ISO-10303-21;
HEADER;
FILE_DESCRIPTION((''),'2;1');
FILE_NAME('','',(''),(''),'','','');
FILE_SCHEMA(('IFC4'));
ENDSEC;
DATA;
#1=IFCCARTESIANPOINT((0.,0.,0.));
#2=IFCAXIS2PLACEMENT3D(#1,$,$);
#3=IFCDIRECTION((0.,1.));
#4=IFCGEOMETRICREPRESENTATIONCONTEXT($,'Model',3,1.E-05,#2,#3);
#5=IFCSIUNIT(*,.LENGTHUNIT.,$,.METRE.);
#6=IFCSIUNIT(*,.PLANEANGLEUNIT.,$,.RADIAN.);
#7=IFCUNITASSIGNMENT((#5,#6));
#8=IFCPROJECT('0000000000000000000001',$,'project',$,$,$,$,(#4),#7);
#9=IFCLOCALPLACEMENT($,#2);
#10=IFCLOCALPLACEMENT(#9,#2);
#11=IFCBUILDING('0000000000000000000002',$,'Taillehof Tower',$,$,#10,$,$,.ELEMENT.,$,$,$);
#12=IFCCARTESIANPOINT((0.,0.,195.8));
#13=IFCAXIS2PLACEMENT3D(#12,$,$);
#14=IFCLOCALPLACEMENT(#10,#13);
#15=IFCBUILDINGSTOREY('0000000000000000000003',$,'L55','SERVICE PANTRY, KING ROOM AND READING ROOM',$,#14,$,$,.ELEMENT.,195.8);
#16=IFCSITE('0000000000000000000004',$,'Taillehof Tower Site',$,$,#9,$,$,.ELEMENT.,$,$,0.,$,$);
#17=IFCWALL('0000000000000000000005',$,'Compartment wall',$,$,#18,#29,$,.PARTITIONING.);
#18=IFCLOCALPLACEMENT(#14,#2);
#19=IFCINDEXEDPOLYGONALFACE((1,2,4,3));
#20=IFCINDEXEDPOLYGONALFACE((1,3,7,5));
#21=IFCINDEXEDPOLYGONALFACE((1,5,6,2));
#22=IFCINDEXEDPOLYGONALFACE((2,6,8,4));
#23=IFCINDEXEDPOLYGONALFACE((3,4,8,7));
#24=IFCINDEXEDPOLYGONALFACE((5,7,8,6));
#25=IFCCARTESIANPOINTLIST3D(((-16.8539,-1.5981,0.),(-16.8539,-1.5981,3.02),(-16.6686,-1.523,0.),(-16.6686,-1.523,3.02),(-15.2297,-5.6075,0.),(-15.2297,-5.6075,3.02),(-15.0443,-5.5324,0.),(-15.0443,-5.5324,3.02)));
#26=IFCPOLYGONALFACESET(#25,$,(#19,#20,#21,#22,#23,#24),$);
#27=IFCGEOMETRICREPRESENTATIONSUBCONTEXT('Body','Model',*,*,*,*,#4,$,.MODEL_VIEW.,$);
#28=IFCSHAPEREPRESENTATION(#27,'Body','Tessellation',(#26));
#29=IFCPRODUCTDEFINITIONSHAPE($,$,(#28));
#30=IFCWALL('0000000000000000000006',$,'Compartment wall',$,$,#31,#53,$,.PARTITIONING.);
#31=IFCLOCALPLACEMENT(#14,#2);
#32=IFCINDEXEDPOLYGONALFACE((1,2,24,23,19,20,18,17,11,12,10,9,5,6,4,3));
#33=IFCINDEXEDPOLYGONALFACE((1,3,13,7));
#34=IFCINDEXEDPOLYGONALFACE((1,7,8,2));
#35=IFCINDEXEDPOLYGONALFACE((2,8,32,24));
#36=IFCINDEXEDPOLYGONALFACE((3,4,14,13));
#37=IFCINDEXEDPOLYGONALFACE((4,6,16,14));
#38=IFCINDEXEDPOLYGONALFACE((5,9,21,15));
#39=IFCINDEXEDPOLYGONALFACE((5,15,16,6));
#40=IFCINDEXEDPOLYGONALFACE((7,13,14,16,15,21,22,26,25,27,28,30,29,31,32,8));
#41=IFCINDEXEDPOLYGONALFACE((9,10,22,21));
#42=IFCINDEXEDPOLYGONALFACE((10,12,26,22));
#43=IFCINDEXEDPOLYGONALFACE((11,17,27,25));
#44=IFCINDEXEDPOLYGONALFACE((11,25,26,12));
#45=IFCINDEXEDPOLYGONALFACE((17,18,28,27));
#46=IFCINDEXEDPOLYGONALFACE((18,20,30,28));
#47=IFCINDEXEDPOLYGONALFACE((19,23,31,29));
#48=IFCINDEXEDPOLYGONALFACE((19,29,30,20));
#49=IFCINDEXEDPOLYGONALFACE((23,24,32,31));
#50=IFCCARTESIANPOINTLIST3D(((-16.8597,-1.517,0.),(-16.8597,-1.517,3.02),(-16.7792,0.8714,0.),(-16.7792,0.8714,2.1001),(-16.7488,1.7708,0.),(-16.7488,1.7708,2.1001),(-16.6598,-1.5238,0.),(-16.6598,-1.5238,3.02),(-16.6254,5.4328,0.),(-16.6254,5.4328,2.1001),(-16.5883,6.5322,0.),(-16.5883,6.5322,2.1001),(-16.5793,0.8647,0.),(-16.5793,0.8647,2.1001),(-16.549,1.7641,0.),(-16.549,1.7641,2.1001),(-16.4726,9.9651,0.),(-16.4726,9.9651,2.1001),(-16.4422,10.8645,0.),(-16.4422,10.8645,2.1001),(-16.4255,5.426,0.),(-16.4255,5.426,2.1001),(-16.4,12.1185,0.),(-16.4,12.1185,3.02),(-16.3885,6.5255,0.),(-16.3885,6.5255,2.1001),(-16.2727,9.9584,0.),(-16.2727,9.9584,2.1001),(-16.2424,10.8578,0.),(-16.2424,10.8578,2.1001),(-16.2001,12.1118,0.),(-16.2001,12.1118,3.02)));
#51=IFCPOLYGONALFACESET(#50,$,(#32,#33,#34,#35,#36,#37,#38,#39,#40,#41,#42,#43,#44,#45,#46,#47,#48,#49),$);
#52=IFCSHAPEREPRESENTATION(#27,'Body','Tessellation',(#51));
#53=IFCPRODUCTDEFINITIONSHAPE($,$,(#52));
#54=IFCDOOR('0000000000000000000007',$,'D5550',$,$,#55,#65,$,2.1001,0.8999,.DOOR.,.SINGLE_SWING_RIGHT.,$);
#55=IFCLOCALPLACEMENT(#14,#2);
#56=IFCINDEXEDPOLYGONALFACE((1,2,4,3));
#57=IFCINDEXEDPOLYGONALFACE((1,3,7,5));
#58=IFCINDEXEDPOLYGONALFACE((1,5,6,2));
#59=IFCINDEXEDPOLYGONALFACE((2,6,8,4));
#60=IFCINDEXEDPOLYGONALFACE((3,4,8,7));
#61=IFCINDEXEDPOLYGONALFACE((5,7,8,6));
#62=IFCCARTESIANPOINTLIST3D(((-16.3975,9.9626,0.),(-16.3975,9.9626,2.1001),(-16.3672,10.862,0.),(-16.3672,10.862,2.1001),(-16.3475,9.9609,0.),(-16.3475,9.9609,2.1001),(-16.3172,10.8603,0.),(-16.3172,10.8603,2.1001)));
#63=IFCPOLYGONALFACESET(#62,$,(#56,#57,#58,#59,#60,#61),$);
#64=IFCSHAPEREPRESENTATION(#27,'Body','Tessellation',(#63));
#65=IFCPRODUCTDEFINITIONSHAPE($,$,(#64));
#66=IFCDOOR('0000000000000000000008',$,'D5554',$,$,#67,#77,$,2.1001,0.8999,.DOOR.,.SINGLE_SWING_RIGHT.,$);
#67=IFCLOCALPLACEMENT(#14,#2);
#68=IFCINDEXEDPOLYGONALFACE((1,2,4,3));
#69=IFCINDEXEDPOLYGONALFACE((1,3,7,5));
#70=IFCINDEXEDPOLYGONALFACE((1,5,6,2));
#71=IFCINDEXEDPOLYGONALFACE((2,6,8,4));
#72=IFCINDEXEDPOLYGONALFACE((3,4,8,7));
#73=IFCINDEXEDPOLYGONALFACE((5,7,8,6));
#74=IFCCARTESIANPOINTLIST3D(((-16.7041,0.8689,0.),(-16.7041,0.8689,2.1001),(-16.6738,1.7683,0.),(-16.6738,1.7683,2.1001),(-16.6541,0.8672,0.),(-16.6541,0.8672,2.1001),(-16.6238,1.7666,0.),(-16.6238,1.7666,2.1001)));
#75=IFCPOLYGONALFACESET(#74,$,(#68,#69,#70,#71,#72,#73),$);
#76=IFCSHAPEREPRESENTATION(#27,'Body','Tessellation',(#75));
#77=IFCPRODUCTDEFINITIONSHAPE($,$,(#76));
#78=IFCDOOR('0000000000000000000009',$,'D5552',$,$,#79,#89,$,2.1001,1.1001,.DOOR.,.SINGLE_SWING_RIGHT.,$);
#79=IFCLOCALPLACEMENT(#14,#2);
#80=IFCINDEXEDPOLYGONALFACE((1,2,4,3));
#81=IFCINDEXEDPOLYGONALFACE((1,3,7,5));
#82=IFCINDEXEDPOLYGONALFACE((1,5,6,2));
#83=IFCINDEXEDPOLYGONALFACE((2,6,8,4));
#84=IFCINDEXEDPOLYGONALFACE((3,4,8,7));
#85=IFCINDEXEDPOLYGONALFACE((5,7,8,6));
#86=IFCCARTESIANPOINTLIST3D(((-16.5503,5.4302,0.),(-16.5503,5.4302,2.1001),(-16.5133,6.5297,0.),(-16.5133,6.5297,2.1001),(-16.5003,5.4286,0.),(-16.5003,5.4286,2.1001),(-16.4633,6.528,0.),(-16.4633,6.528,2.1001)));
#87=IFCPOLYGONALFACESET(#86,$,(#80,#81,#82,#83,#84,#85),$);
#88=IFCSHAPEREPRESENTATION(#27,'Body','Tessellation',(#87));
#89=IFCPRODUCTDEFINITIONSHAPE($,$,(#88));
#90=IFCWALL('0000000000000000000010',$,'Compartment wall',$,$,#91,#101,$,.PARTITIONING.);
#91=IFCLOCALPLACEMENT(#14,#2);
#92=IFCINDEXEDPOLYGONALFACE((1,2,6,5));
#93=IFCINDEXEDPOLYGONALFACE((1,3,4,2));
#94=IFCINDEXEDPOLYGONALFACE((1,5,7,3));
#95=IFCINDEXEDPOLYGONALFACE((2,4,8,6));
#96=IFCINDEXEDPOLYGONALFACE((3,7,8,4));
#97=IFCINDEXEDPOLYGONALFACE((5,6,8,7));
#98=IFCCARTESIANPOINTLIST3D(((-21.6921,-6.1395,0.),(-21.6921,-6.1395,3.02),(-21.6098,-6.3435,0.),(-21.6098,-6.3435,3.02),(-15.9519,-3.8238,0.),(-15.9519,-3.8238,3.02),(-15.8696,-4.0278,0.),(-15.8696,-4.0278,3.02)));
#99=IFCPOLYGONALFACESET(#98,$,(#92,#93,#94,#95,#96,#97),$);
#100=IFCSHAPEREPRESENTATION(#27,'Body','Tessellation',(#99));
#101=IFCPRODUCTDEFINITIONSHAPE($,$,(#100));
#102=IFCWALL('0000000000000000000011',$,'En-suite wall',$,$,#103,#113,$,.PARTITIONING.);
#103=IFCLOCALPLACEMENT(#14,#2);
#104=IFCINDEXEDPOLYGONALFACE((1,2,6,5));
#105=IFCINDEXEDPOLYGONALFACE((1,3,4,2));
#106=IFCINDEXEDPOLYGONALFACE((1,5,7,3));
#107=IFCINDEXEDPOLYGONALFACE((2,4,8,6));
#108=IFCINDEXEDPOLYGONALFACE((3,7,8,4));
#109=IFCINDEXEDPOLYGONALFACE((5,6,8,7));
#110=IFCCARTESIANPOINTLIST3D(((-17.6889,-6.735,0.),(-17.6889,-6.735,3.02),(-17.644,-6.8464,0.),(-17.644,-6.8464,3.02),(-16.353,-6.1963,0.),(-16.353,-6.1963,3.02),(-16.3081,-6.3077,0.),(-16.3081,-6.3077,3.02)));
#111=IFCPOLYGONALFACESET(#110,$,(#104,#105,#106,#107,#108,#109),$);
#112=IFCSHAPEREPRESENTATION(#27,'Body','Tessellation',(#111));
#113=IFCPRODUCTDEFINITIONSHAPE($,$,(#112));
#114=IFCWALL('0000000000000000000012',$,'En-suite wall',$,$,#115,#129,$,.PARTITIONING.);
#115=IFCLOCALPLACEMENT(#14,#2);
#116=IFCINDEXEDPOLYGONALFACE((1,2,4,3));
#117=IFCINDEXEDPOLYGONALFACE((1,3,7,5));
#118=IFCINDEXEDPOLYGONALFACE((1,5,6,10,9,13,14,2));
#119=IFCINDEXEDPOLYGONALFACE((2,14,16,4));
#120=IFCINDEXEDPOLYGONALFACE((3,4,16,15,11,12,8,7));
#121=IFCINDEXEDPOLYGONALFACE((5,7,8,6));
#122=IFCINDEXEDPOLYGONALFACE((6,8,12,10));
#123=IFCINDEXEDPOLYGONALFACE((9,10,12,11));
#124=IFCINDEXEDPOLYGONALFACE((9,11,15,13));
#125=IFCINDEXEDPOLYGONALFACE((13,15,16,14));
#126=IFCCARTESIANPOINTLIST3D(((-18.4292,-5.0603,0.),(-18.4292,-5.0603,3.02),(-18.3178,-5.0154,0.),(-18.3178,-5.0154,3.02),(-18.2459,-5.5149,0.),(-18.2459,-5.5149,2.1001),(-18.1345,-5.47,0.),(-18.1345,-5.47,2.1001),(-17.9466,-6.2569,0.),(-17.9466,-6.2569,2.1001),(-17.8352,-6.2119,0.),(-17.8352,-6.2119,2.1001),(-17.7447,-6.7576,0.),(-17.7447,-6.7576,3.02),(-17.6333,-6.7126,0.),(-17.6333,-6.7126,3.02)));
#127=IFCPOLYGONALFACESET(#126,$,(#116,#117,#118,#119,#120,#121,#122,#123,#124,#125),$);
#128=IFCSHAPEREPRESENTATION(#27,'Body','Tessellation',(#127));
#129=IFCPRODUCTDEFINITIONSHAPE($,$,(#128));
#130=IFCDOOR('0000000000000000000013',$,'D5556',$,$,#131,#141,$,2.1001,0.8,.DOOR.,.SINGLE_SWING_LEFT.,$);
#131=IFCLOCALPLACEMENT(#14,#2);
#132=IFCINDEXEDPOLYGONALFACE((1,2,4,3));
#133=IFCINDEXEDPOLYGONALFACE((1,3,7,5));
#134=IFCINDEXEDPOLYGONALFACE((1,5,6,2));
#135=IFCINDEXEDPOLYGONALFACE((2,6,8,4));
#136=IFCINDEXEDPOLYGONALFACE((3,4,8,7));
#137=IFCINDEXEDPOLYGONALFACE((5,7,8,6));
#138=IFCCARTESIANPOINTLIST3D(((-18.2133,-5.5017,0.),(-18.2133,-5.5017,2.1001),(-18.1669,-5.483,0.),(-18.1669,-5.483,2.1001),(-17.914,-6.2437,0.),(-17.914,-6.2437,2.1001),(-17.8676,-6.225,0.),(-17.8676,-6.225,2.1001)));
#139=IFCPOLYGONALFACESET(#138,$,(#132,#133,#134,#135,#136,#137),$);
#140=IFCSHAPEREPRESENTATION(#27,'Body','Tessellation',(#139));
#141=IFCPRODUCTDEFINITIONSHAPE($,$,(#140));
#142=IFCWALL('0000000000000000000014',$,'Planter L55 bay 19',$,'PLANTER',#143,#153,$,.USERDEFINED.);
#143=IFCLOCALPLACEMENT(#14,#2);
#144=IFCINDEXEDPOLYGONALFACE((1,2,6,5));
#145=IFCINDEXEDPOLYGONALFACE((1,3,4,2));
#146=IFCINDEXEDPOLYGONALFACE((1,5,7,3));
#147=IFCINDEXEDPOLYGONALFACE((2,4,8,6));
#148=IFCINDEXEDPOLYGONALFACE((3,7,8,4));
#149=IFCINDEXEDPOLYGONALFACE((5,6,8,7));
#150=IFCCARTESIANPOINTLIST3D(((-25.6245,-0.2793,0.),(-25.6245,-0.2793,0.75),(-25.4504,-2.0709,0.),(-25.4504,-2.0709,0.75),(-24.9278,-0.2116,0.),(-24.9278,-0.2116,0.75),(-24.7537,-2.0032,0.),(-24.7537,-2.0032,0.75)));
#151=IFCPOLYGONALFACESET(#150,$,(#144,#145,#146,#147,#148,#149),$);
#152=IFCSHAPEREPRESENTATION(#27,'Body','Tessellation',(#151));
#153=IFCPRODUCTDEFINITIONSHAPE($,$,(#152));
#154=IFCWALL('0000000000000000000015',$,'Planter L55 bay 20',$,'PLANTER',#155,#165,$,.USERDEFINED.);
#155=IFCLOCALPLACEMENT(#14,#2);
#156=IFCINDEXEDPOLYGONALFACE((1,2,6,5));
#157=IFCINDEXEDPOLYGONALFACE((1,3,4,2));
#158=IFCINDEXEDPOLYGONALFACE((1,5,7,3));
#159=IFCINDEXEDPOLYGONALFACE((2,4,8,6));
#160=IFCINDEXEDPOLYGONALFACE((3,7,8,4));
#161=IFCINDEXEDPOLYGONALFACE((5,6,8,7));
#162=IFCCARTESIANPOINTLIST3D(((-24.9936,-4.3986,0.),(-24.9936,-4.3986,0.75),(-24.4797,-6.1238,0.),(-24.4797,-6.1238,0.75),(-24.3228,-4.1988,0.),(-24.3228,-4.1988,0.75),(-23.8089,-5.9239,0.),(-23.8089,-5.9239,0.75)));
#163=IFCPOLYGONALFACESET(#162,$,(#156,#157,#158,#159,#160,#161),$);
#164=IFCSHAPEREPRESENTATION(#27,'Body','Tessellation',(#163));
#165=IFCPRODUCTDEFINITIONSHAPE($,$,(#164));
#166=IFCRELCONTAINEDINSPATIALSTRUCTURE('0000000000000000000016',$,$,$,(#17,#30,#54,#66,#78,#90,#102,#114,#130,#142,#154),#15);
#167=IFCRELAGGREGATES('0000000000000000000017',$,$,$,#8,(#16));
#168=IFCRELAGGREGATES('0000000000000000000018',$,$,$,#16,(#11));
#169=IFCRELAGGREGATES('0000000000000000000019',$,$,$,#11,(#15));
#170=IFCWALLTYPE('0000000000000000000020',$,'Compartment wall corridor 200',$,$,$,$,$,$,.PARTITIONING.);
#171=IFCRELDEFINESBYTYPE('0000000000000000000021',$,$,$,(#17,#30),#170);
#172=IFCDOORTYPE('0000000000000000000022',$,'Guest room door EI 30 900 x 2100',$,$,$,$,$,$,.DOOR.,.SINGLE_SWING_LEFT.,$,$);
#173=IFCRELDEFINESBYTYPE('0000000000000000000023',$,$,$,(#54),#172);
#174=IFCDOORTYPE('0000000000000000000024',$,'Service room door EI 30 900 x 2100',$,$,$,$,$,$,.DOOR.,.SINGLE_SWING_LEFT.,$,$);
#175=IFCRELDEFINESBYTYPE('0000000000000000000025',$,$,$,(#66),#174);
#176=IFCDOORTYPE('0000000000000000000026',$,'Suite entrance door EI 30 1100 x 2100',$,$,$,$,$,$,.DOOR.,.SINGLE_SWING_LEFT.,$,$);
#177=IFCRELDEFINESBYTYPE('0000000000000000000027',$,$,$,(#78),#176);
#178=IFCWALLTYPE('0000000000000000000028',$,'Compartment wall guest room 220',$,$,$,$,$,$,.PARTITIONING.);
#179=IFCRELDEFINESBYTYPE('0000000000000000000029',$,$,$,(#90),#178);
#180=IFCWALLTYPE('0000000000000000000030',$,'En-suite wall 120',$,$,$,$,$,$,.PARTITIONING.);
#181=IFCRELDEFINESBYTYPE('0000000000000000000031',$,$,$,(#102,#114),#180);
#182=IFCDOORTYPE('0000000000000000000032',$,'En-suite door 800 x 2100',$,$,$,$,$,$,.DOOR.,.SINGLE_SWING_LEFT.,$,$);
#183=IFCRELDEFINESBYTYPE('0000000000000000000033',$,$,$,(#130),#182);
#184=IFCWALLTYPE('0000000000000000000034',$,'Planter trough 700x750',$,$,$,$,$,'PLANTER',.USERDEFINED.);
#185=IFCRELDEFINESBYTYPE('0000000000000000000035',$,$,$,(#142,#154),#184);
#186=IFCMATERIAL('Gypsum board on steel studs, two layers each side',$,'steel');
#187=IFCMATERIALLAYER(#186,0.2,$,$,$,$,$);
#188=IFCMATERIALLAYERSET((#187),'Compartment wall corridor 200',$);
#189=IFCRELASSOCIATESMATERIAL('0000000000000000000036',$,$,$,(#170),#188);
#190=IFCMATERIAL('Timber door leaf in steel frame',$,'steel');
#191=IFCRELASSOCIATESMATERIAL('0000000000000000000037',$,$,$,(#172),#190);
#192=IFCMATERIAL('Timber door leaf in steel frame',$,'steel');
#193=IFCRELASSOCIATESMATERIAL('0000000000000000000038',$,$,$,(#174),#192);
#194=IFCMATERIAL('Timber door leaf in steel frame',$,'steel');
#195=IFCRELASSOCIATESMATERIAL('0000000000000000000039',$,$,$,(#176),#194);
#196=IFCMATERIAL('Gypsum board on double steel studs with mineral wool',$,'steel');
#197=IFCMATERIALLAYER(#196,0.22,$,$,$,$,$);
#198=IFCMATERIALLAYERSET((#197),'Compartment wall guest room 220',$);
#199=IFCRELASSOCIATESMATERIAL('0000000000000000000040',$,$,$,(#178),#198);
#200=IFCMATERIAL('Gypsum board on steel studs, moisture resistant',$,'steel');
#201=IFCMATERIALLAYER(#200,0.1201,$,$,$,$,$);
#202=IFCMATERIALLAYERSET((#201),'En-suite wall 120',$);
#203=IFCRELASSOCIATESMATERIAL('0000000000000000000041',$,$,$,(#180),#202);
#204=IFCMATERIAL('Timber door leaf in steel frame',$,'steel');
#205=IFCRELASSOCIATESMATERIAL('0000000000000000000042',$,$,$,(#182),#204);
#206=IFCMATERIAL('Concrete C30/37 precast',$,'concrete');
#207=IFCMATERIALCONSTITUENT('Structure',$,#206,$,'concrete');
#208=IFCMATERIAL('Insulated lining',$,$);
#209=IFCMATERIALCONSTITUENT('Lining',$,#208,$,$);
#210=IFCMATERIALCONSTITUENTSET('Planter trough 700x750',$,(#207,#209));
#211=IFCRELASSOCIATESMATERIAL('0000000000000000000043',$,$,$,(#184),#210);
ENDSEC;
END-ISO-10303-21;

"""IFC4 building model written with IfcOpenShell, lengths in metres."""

from ifc_helpers import new_model, si_unit, direction, frame, frame_2d, origin, place, context, subcontext, project, spatial, rectangle, extrude, material, layer, layer_set, constituent, constituent_set, type_object, element, fill, save


model = new_model("IFC4")

# Units and contexts
model_context = context("Model", 3, precision=1e-05, world=origin(), true_north=direction((0.0, 1.0)))
body_context = subcontext(model_context, "Body", "Model", "MODEL_VIEW")
ifc_project = project(units=[si_unit("LENGTHUNIT", "METRE"), si_unit("PLANEANGLEUNIT", "RADIAN")], contexts=[model_context])

# Site, building, storey
site_placement = place(None, origin())
site = spatial("IfcSite", under=ifc_project, at=site_placement, Name="Taillehof Tower Site", CompositionType="ELEMENT", RefElevation=0.0)
building_placement = place(site_placement, origin())
building = spatial("IfcBuilding", under=site, at=building_placement, Name="Taillehof Tower", CompositionType="ELEMENT")
storey_placement = place(building_placement, frame((0.0, 0.0, 195.8)))
storey = spatial("IfcBuildingStorey", under=building, at=storey_placement, Name="L55", Description="SERVICE PANTRY, KING ROOM AND READING ROOM", CompositionType="ELEMENT", Elevation=195.8)

# Wall
ifc_material_1 = material(Name="Gypsum board on steel studs, two layers each side", Category="steel")
ifc_layer_1 = layer(ifc_material_1, 0.2)
ifc_layer_set_1 = layer_set([ifc_layer_1], Name="Compartment wall corridor 200")
wall_type_1 = type_object("IfcWallType", Name="Compartment wall corridor 200", PredefinedType="PARTITIONING", material=ifc_layer_set_1)
wall_1_placement = place(storey_placement, frame((-15.137, -5.5701, 0.0), z_axis=(0.0, 0.0, 1.0), x_axis=(-0.375464, 0.926837, 0.0)))
element("IfcWall", 1, at=wall_1_placement, inside=storey, type_object=wall_type_1, Name="Compartment wall", PredefinedType="PARTITIONING", context=body_context, shape_type="SweptSolid", body=[
    extrude(rectangle(XDim=4.3259, YDim=0.2, at=frame_2d((2.1631, 0.0))), origin(), (0.0, 0.0, 1.0), 3.02),
])

# Wall, openings, doors
wall_2_placement = place(storey_placement, frame((-16.7598, -1.5205, 0.0), z_axis=(0.0, 0.0, 1.0), x_axis=(0.033696, 0.999432, 0.0)))
wall_2 = element("IfcWall", 2, at=wall_2_placement, inside=storey, type_object=wall_type_1, Name="Compartment wall", PredefinedType="PARTITIONING", context=body_context, shape_type="SweptSolid", body=[
    extrude(rectangle(XDim=13.6433, YDim=0.2, at=frame_2d((6.8218, 0.0))), origin(), (0.0, 0.0, 1.0), 3.02),
])
opening_1_placement = place(wall_2_placement, frame((11.4888, 0.0, 0.0)))
opening_1 = element("IfcOpeningElement", 3, at=opening_1_placement, cuts=wall_2, PredefinedType="OPENING", context=body_context, shape_type="SweptSolid", body=[
    extrude(rectangle(XDim=0.8999, YDim=2.1001, at=frame_2d((0.45, 1.05))), frame((0.0, 0.1099, 0.0), z_axis=(0.0, -1.0, 0.0), x_axis=(1.0, 0.0, 0.0)), (0.0, 0.0, 1.0), 0.22),
])
opening_2_placement = place(wall_2_placement, frame((6.9539, 0.0, 0.0)))
opening_2 = element("IfcOpeningElement", 4, at=opening_2_placement, cuts=wall_2, PredefinedType="OPENING", context=body_context, shape_type="SweptSolid", body=[
    extrude(rectangle(XDim=1.1001, YDim=2.1001, at=frame_2d((0.55, 1.05))), frame((0.0, 0.1099, 0.0), z_axis=(0.0, -1.0, 0.0), x_axis=(1.0, 0.0, 0.0)), (0.0, 0.0, 1.0), 0.22),
])
opening_3_placement = place(wall_2_placement, frame((2.3899, 0.0, 0.0)))
opening_3 = element("IfcOpeningElement", 5, at=opening_3_placement, cuts=wall_2, PredefinedType="OPENING", context=body_context, shape_type="SweptSolid", body=[
    extrude(rectangle(XDim=0.8999, YDim=2.1001, at=frame_2d((0.45, 1.05))), frame((0.0, 0.1099, 0.0), z_axis=(0.0, -1.0, 0.0), x_axis=(1.0, 0.0, 0.0)), (0.0, 0.0, 1.0), 0.22),
])
ifc_material_2 = material(Name="Timber door leaf in steel frame", Category="steel")
door_type_1 = type_object("IfcDoorType", Name="Guest room door EI 30 900 x 2100", OperationType="SINGLE_SWING_LEFT", PredefinedType="DOOR", material=ifc_material_2)
door_1_placement = place(opening_1_placement, origin())
door_1 = element("IfcDoor", 6, at=door_1_placement, inside=storey, type_object=door_type_1, Name="D5550", OperationType="SINGLE_SWING_RIGHT", OverallHeight=2.1001, OverallWidth=0.8999, PredefinedType="DOOR", context=body_context, shape_type="SweptSolid", body=[
    extrude(rectangle(XDim=0.8999, YDim=2.1001, at=frame_2d((0.45, 1.05))), frame((0.0, 0.0249, 0.0), z_axis=(0.0, -1.0, 0.0), x_axis=(1.0, 0.0, 0.0)), (0.0, 0.0, 1.0), 0.05),
])
fill(opening_1, door_1)
ifc_material_3 = material(Name="Timber door leaf in steel frame", Category="steel")
door_type_2 = type_object("IfcDoorType", Name="Service room door EI 30 900 x 2100", OperationType="SINGLE_SWING_LEFT", PredefinedType="DOOR", material=ifc_material_3)
door_2_placement = place(opening_3_placement, origin())
door_2 = element("IfcDoor", 7, at=door_2_placement, inside=storey, type_object=door_type_2, Name="D5554", OperationType="SINGLE_SWING_RIGHT", OverallHeight=2.1001, OverallWidth=0.8999, PredefinedType="DOOR", context=body_context, shape_type="SweptSolid", body=[
    extrude(rectangle(XDim=0.8999, YDim=2.1001, at=frame_2d((0.45, 1.05))), frame((0.0, 0.0249, 0.0), z_axis=(0.0, -1.0, 0.0), x_axis=(1.0, 0.0, 0.0)), (0.0, 0.0, 1.0), 0.05),
])
fill(opening_3, door_2)
ifc_material_4 = material(Name="Timber door leaf in steel frame", Category="steel")
door_type_3 = type_object("IfcDoorType", Name="Suite entrance door EI 30 1100 x 2100", OperationType="SINGLE_SWING_LEFT", PredefinedType="DOOR", material=ifc_material_4)
door_3_placement = place(opening_2_placement, origin())
door_3 = element("IfcDoor", 8, at=door_3_placement, inside=storey, type_object=door_type_3, Name="D5552", OperationType="SINGLE_SWING_RIGHT", OverallHeight=2.1001, OverallWidth=1.1001, PredefinedType="DOOR", context=body_context, shape_type="SweptSolid", body=[
    extrude(rectangle(XDim=1.1001, YDim=2.1001, at=frame_2d((0.55, 1.05))), frame((0.0, 0.0249, 0.0), z_axis=(0.0, -1.0, 0.0), x_axis=(1.0, 0.0, 0.0)), (0.0, 0.0, 1.0), 0.05),
])
fill(opening_2, door_3)

# Walls
ifc_material_5 = material(Name="Gypsum board on double steel studs with mineral wool", Category="steel")
ifc_layer_2 = layer(ifc_material_5, 0.22)
ifc_layer_set_2 = layer_set([ifc_layer_2], Name="Compartment wall guest room 220")
wall_type_2 = type_object("IfcWallType", Name="Compartment wall guest room 220", PredefinedType="PARTITIONING", material=ifc_layer_set_2)
wall_3_placement = place(storey_placement, frame((-21.6509, -6.2415, 0.0), z_axis=(0.0, 0.0, 1.0), x_axis=(0.927382, 0.374116, 0.0)))
element("IfcWall", 9, at=wall_3_placement, inside=storey, type_object=wall_type_2, Name="Compartment wall", PredefinedType="PARTITIONING", context=body_context, shape_type="SweptSolid", body=[
    extrude(rectangle(XDim=6.1897, YDim=0.22, at=frame_2d((3.0947, 0.0))), origin(), (0.0, 0.0, 1.0), 3.02),
])
ifc_material_6 = material(Name="Gypsum board on steel studs, moisture resistant", Category="steel")
ifc_layer_3 = layer(ifc_material_6, 0.1201)
ifc_layer_set_3 = layer_set([ifc_layer_3], Name="En-suite wall 120")
wall_type_3 = type_object("IfcWallType", Name="En-suite wall 120", PredefinedType="PARTITIONING", material=ifc_layer_set_3)
wall_4_placement = place(storey_placement, frame((-16.3306, -6.252, 0.0), z_axis=(0.0, 0.0, 1.0), x_axis=(-0.927409, -0.374048, 0.0)))
element("IfcWall", 10, at=wall_4_placement, inside=storey, type_object=wall_type_3, Name="En-suite wall", PredefinedType="PARTITIONING", context=body_context, shape_type="SweptSolid", body=[
    extrude(rectangle(XDim=1.4404, YDim=0.1201, at=frame_2d((0.7202, 0.0))), origin(), (0.0, 0.0, 1.0), 3.02),
])

# Wall, opening, door
wall_5_placement = place(storey_placement, frame((-17.689, -6.7351, 0.0), z_axis=(0.0, 0.0, 1.0), x_axis=(-0.374057, 0.927406, 0.0)))
wall_5 = element("IfcWall", 11, at=wall_5_placement, inside=storey, type_object=wall_type_3, Name="En-suite wall", PredefinedType="PARTITIONING", context=body_context, shape_type="SweptSolid", body=[
    extrude(rectangle(XDim=1.8301, YDim=0.1201, at=frame_2d((0.915, 0.0))), origin(), (0.0, 0.0, 1.0), 3.02),
])
opening_4_placement = place(wall_5_placement, frame((0.54, 0.0, 0.0)))
opening_4 = element("IfcOpeningElement", 12, at=opening_4_placement, cuts=wall_5, PredefinedType="OPENING", context=body_context, shape_type="SweptSolid", body=[
    extrude(rectangle(XDim=0.8, YDim=2.1001, at=frame_2d((0.3999, 1.05))), frame((0.0, 0.0701, 0.0), z_axis=(0.0, -1.0, 0.0), x_axis=(1.0, 0.0, 0.0)), (0.0, 0.0, 1.0), 0.1401),
])
ifc_material_7 = material(Name="Timber door leaf in steel frame", Category="steel")
door_type_4 = type_object("IfcDoorType", Name="En-suite door 800 x 2100", OperationType="SINGLE_SWING_LEFT", PredefinedType="DOOR", material=ifc_material_7)
door_4_placement = place(opening_4_placement, origin())
door_4 = element("IfcDoor", 13, at=door_4_placement, inside=storey, type_object=door_type_4, Name="D5556", OperationType="SINGLE_SWING_LEFT", OverallHeight=2.1001, OverallWidth=0.8, PredefinedType="DOOR", context=body_context, shape_type="SweptSolid", body=[
    extrude(rectangle(XDim=0.8, YDim=2.1001, at=frame_2d((0.3999, 1.05))), frame((0.0, 0.0249, 0.0), z_axis=(0.0, -1.0, 0.0), x_axis=(1.0, 0.0, 0.0)), (0.0, 0.0, 1.0), 0.05),
])
fill(opening_4, door_4)

# Walls
ifc_material_8 = material(Name="Concrete C30/37 precast", Category="concrete")
ifc_constituent_1 = constituent(ifc_material_8, Name="Structure", Category="concrete")
ifc_material_9 = material(Name="Insulated lining")
ifc_constituent_2 = constituent(ifc_material_9, Name="Lining")
ifc_constituent_set = constituent_set(constituents=[ifc_constituent_1, ifc_constituent_2], Name="Planter trough 700x750")
wall_type_4 = type_object("IfcWallType", Name="Planter trough 700x750", ElementType="PLANTER", PredefinedType="USERDEFINED", material=ifc_constituent_set)
for number, where, z_axis, x_axis, name in (
    (14, (-25.2761, -0.2456, 0.0), (0.0, 0.0, 1.0), (0.09671, -0.995313, 0.0), "Planter L55 bay 19"),
    (15, (-24.6582, -4.2988, 0.0), (0.0, 0.0, 1.0), (0.285506, -0.958377, 0.0), "Planter L55 bay 20"),
):
    element("IfcWall", number, at=place(storey_placement, frame(where, z_axis=z_axis, x_axis=x_axis)), inside=storey, type_object=wall_type_4, Name=name, ObjectType="PLANTER", PredefinedType="USERDEFINED", context=body_context, shape_type="SweptSolid", body=[
        extrude(rectangle(XDim=1.8, YDim=0.7, at=frame_2d((0.8999, 0.0))), origin(), (0.0, 0.0, 1.0), 0.75),
    ])

save(model, "model.ifc")
